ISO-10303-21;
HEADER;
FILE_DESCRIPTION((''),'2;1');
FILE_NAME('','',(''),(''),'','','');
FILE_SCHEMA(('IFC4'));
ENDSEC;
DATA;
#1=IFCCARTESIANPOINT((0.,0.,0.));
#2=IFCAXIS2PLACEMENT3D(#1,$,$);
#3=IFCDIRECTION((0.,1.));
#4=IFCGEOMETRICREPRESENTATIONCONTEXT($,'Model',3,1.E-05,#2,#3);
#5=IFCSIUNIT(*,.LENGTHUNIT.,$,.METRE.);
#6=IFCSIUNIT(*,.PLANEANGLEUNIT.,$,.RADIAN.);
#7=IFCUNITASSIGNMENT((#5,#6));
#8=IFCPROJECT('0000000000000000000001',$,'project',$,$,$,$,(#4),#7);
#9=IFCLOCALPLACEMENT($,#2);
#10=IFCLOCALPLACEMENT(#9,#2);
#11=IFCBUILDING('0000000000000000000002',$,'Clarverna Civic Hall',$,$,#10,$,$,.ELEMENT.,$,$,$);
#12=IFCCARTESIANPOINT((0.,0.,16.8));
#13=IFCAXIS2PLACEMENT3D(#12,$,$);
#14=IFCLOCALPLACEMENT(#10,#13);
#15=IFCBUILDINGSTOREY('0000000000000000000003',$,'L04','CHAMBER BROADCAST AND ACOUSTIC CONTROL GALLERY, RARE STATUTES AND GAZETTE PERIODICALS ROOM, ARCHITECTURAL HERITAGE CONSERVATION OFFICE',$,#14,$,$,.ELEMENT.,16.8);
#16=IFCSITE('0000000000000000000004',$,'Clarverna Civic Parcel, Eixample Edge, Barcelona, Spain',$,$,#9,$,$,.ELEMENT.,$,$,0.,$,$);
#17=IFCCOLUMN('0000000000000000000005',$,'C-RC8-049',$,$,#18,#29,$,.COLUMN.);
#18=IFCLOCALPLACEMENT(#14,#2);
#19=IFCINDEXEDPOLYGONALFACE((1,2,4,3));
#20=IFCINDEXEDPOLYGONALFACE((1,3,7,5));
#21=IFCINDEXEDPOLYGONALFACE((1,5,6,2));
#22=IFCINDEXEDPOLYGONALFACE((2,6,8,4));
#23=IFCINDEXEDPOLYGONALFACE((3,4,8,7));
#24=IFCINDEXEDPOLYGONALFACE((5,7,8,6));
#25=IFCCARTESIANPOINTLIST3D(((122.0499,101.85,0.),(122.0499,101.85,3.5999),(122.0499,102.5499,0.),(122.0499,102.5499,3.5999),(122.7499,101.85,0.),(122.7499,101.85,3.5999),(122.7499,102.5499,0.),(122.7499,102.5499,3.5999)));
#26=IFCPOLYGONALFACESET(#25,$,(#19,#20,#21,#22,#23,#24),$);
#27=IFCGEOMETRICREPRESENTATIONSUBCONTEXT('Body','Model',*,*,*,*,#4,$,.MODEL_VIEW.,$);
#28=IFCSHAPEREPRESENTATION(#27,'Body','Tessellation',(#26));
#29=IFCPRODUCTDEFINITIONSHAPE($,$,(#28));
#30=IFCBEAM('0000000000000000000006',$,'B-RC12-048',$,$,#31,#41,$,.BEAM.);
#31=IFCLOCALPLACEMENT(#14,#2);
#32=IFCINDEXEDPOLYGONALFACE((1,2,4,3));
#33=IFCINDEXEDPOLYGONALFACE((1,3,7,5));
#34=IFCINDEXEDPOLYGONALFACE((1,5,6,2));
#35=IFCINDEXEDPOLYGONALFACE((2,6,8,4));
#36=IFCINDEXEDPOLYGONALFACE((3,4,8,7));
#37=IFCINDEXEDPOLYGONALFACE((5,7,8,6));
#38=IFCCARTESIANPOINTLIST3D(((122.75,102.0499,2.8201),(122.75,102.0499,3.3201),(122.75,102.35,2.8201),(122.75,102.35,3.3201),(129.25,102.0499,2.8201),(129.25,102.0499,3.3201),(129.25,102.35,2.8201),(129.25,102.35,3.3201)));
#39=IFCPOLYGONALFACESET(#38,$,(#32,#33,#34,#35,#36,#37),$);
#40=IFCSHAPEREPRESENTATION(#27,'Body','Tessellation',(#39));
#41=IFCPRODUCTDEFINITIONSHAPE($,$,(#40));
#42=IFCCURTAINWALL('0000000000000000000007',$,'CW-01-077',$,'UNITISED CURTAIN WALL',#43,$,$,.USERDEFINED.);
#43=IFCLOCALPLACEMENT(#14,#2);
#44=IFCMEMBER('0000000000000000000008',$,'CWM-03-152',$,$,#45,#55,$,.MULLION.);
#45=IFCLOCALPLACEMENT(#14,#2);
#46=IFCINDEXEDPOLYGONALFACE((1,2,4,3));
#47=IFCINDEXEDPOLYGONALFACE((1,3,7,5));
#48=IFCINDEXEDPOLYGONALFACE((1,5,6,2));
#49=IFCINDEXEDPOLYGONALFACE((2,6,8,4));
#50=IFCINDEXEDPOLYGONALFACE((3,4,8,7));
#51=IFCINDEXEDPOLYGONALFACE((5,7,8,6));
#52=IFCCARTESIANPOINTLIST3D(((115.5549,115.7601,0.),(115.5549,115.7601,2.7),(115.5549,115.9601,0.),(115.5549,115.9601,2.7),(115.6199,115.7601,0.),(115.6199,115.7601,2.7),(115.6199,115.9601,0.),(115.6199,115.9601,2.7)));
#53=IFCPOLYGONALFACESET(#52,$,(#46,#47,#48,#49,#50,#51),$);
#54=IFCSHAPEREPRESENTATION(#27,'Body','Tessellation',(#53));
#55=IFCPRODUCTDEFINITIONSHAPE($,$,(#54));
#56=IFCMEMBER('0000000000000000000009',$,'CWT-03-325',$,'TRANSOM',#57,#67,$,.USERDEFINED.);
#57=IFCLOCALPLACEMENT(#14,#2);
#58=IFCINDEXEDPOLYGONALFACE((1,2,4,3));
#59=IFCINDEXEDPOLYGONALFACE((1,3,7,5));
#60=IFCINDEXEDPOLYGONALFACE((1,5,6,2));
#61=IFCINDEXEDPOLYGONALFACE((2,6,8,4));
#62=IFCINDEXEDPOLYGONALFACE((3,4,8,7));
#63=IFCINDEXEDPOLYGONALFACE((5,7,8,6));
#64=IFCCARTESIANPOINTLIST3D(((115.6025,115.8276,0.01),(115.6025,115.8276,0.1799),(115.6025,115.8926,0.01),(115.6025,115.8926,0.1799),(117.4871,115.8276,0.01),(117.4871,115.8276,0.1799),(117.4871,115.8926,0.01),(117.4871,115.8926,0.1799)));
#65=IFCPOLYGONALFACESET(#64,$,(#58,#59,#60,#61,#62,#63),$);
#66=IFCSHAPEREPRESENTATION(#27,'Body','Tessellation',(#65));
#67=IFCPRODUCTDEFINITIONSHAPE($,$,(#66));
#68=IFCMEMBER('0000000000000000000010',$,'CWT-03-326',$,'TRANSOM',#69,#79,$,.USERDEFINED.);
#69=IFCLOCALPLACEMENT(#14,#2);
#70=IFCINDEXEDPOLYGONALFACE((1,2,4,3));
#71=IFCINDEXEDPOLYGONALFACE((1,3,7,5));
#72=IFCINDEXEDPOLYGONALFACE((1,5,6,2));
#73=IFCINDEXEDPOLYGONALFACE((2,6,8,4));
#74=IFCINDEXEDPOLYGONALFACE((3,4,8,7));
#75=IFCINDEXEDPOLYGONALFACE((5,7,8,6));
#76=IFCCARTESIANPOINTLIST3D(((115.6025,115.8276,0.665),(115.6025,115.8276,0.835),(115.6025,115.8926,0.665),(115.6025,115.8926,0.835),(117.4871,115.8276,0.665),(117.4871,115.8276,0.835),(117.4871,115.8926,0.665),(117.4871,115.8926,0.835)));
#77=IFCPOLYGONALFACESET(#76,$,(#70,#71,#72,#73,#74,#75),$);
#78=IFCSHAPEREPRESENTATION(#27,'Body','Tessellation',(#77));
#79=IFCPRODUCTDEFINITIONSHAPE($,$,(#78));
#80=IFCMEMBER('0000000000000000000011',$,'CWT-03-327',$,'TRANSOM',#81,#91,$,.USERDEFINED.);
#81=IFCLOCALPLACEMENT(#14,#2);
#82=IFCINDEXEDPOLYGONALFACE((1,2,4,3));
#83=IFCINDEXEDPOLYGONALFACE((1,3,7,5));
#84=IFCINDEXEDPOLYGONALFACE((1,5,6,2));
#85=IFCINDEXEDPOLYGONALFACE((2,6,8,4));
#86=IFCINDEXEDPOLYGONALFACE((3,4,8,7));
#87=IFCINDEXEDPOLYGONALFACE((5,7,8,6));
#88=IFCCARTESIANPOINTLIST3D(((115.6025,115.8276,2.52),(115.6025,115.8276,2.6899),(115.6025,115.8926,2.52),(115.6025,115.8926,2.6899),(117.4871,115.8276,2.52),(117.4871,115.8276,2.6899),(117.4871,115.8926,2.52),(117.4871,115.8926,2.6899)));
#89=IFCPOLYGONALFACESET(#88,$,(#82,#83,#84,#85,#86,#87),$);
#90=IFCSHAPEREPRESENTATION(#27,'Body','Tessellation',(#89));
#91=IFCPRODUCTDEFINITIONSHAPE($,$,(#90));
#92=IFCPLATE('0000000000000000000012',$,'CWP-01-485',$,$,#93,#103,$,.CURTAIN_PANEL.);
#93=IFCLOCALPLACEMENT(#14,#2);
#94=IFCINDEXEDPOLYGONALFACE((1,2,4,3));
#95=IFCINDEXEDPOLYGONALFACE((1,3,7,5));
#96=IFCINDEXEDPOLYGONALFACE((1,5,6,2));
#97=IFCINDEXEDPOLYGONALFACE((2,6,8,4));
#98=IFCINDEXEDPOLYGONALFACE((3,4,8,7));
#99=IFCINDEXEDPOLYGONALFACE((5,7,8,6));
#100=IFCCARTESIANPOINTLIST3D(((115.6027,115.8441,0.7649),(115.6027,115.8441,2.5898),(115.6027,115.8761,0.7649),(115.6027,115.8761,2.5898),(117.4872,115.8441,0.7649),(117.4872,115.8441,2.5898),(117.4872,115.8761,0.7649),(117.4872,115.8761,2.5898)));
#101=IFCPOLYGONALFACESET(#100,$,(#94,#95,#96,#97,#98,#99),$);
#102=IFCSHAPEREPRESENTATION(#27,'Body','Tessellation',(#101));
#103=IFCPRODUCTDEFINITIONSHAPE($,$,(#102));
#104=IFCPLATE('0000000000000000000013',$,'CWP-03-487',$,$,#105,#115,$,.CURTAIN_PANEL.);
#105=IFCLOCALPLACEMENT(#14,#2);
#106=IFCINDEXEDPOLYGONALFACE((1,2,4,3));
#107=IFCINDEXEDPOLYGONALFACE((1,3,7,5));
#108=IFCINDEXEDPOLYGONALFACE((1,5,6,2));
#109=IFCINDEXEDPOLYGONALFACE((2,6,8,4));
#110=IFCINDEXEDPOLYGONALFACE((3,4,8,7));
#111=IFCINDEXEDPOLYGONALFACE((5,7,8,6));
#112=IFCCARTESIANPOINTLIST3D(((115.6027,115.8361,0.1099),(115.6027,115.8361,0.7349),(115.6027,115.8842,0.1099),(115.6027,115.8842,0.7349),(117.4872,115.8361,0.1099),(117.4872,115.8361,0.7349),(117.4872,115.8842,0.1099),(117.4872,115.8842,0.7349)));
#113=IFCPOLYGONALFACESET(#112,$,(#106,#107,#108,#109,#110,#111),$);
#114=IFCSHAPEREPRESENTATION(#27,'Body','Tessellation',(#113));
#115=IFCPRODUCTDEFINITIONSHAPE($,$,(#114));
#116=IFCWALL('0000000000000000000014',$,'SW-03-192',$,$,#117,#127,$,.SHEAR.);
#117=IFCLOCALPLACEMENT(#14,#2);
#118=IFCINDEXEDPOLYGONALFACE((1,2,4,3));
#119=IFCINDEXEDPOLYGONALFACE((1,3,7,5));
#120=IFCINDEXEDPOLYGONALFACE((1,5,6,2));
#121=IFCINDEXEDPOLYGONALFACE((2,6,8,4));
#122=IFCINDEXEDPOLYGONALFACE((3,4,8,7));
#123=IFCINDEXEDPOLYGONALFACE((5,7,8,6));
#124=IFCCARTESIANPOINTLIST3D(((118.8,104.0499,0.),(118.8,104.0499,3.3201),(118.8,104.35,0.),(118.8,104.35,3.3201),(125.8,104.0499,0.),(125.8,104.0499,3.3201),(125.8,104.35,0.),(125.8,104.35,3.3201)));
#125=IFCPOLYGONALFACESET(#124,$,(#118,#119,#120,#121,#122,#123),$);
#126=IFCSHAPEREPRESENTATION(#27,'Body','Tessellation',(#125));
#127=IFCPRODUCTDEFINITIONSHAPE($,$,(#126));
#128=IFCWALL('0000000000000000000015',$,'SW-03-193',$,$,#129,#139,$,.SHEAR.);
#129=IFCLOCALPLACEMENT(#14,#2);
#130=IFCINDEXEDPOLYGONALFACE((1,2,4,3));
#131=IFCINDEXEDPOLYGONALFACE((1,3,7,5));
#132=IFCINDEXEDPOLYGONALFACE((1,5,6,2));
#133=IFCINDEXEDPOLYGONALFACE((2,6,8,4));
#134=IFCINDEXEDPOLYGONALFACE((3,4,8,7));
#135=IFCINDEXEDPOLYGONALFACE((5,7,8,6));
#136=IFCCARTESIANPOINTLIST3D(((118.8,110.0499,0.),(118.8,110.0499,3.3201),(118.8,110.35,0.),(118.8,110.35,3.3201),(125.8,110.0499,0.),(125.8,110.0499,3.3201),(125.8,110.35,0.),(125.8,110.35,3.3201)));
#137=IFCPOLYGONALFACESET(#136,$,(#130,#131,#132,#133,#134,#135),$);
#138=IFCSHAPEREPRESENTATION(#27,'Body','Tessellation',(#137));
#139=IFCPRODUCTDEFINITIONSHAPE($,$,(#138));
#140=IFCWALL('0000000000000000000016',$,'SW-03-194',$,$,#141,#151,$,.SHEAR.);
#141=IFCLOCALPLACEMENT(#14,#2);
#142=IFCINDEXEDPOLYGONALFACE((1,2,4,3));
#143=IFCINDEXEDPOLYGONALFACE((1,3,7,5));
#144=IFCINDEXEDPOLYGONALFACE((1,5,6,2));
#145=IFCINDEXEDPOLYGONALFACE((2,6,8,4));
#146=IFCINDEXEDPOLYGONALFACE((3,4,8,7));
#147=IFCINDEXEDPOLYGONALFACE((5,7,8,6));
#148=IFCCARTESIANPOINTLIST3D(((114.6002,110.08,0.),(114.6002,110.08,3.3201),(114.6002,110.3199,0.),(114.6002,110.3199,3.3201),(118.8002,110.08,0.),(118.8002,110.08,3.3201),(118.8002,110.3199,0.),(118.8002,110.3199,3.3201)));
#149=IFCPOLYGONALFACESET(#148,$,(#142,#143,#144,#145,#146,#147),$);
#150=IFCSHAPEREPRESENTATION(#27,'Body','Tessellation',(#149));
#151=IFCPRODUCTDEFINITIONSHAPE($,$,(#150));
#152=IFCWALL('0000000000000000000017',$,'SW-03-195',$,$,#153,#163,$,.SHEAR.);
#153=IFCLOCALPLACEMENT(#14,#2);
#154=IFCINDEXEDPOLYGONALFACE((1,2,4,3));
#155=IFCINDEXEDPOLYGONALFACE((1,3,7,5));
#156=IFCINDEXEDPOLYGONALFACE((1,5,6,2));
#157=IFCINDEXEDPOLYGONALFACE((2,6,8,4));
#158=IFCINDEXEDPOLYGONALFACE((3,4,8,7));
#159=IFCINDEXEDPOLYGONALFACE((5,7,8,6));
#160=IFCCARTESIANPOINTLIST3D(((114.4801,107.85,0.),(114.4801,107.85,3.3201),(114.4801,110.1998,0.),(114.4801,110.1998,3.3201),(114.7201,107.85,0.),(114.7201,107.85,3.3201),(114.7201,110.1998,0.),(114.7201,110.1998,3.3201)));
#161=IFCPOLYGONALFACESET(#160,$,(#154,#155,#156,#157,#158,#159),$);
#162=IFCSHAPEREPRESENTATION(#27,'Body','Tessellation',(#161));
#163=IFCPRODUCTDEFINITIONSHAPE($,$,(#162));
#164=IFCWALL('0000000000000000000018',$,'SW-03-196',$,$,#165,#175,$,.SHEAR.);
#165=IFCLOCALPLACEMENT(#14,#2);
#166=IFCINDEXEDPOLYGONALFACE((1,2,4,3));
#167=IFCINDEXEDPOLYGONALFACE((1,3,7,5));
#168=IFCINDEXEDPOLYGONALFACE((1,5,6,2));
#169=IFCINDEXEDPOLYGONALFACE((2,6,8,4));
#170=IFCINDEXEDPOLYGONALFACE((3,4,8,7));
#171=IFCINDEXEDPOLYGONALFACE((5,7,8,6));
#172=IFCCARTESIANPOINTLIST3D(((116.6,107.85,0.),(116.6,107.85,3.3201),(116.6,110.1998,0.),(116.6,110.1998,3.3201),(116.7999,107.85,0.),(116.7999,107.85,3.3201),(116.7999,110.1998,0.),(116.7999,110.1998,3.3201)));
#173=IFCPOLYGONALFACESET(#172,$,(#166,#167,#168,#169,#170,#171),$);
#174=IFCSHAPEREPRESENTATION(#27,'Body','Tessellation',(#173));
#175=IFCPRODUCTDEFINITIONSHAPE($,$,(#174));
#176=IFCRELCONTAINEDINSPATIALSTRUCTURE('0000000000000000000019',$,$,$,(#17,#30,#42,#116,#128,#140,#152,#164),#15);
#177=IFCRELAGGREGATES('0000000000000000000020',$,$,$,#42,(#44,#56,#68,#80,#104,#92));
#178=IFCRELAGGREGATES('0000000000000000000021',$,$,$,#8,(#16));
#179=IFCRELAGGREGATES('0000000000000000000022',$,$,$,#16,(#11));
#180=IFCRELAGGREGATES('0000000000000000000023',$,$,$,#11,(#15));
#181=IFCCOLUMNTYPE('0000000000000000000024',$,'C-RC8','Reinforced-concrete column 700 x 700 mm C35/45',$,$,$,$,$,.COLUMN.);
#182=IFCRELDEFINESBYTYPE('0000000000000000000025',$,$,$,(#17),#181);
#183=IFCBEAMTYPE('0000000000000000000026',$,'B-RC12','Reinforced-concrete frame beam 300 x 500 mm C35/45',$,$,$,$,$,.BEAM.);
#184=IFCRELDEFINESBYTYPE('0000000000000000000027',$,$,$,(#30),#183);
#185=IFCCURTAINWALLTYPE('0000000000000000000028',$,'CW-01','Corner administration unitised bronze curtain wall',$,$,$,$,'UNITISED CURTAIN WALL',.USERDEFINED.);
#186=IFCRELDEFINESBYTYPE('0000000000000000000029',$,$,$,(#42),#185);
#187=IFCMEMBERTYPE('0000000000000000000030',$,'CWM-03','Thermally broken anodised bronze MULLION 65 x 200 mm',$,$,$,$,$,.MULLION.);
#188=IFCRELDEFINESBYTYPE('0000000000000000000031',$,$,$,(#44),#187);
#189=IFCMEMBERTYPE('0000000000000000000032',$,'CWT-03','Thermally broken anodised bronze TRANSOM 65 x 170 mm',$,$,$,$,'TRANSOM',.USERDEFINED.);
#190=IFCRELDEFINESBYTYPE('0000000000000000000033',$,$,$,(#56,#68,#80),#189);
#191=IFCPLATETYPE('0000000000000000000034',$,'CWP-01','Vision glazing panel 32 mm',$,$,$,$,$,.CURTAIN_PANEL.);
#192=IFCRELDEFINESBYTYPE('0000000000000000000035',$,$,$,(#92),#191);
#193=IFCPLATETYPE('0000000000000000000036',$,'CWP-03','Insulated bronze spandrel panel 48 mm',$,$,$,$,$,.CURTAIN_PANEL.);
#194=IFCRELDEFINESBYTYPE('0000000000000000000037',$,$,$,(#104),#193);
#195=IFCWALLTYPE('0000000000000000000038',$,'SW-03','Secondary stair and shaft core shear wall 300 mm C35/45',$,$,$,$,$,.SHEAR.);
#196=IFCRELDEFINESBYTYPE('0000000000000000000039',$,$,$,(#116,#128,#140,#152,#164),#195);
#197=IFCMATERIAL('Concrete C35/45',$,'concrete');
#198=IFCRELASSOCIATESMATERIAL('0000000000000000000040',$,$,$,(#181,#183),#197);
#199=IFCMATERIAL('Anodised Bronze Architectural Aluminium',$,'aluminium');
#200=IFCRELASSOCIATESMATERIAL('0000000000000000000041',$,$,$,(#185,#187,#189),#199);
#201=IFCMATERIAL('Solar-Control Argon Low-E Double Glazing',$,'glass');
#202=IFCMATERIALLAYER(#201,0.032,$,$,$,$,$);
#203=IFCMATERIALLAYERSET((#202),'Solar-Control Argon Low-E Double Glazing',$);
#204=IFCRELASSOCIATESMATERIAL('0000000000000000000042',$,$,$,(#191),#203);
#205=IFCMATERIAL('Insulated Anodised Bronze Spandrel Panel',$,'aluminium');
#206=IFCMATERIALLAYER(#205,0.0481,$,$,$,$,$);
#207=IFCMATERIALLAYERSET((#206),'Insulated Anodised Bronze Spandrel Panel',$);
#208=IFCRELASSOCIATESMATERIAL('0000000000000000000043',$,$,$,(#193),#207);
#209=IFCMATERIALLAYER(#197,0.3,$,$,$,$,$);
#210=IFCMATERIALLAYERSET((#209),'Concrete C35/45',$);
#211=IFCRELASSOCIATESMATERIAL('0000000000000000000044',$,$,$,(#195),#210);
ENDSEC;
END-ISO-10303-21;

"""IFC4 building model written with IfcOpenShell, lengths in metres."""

from ifc_helpers import new_model, si_unit, direction, frame, frame_2d, origin, origin_2d, place, context, subcontext, project, spatial, rectangle, extrude, material, layer, layer_set, material_profile, profile_set, type_object, element, aggregate, save


model = new_model("IFC4")

# Units and contexts
model_context = context("Model", 3, precision=1e-05, world=origin(), true_north=direction((0.0, 1.0)))
body_context = subcontext(model_context, "Body", "Model", "MODEL_VIEW")
ifc_project = project(units=[si_unit("LENGTHUNIT", "METRE"), si_unit("PLANEANGLEUNIT", "RADIAN")], contexts=[model_context])

# Site, building, storey
site_placement = place(None, origin())
site = spatial("IfcSite", under=ifc_project, at=site_placement, Name="Clarverna Civic Parcel, Eixample Edge, Barcelona, Spain", CompositionType="ELEMENT", RefElevation=0.0)
building_placement = place(site_placement, origin())
building = spatial("IfcBuilding", under=site, at=building_placement, Name="Clarverna Civic Hall", CompositionType="ELEMENT")
storey_placement = place(building_placement, frame((0.0, 0.0, 16.8)))
storey = spatial("IfcBuildingStorey", under=building, at=storey_placement, Name="L04", Description="CHAMBER BROADCAST AND ACOUSTIC CONTROL GALLERY, RARE STATUTES AND GAZETTE PERIODICALS ROOM, ARCHITECTURAL HERITAGE CONSERVATION OFFICE", CompositionType="ELEMENT", Elevation=16.8)

# Column
ifc_material_1 = material(Name="Concrete C35/45", Category="concrete")
ifc_material_profile_1 = material_profile(ifc_material_1, rectangle(XDim=0.7, YDim=0.7, at=origin_2d()), Name="RC 700x700")
ifc_profile_set_1 = profile_set([ifc_material_profile_1], Name="Concrete C35/45")
column_type = type_object("IfcColumnType", Name="C-RC8", Description="Reinforced-concrete column 700 x 700 mm C35/45", PredefinedType="COLUMN", material=ifc_profile_set_1)
column_placement = place(storey_placement, frame((122.3999, 102.2, 0.0), z_axis=(0.0, 0.0, 1.0), x_axis=(1.0, 0.0, 0.0)))
element("IfcColumn", 1, at=column_placement, inside=storey, type_object=column_type, Name="C-RC8-049", PredefinedType="COLUMN", context=body_context, shape_type="SweptSolid", body=[
    extrude(rectangle(XDim=0.7, YDim=0.7, at=origin_2d()), origin(), (0.0, 0.0, 1.0), 3.5999),
])

# Beam
ifc_material_profile_2 = material_profile(ifc_material_1, rectangle(XDim=0.3, YDim=0.5, at=origin_2d()), Name="RC 300x500")
ifc_profile_set_2 = profile_set([ifc_material_profile_2], Name="Concrete C35/45")
beam_type = type_object("IfcBeamType", Name="B-RC12", Description="Reinforced-concrete frame beam 300 x 500 mm C35/45", PredefinedType="BEAM", material=ifc_profile_set_2)
beam_placement = place(storey_placement, frame((122.75, 102.2, 3.0701), z_axis=(1.0, 0.0, 0.0), x_axis=(0.0, 1.0, 0.0)))
element("IfcBeam", 2, at=beam_placement, inside=storey, type_object=beam_type, Name="B-RC12-048", PredefinedType="BEAM", context=body_context, shape_type="SweptSolid", body=[
    extrude(rectangle(XDim=0.3, YDim=0.5, at=origin_2d()), origin(), (0.0, 0.0, 1.0), 6.5),
])

# Curtain wall, members, plates
ifc_material_2 = material(Name="Anodised Bronze Architectural Aluminium", Category="aluminium")
curtain_wall_type = type_object("IfcCurtainWallType", Name="CW-01", Description="Corner administration unitised bronze curtain wall", ElementType="UNITISED CURTAIN WALL", PredefinedType="USERDEFINED", material=ifc_material_2)
curtain_wall_placement = place(storey_placement, origin())
curtain_wall = element("IfcCurtainWall", 3, at=curtain_wall_placement, inside=storey, type_object=curtain_wall_type, Name="CW-01-077", ObjectType="UNITISED CURTAIN WALL", PredefinedType="USERDEFINED")
ifc_material_profile_3 = material_profile(ifc_material_2, rectangle(XDim=0.0649, YDim=0.2, at=origin_2d()), Name="BRONZE 65x200")
ifc_profile_set_3 = profile_set([ifc_material_profile_3], Name="Anodised Bronze Architectural Aluminium")
member_type_1 = type_object("IfcMemberType", Name="CWM-03", Description="Thermally broken anodised bronze MULLION 65 x 200 mm", PredefinedType="MULLION", material=ifc_profile_set_3)
member_1_placement = place(storey_placement, frame((115.5874, 115.8601, 0.0), z_axis=(0.0, 0.0, 1.0), x_axis=(1.0, 0.0, 0.0)))
member_1 = element("IfcMember", 4, at=member_1_placement, type_object=member_type_1, Name="CWM-03-152", PredefinedType="MULLION", context=body_context, shape_type="SweptSolid", body=[
    extrude(rectangle(XDim=0.0649, YDim=0.2, at=origin_2d()), origin(), (0.0, 0.0, 1.0), 2.7),
])
ifc_material_profile_4 = material_profile(ifc_material_2, rectangle(XDim=0.0649, YDim=0.1699, at=origin_2d()), Name="BRONZE 65x170")
ifc_profile_set_4 = profile_set([ifc_material_profile_4], Name="Anodised Bronze Architectural Aluminium")
member_type_2 = type_object("IfcMemberType", Name="CWT-03", Description="Thermally broken anodised bronze TRANSOM 65 x 170 mm", ElementType="TRANSOM", PredefinedType="USERDEFINED", material=ifc_profile_set_4)
member_2_placement = place(storey_placement, frame((115.6025, 115.8601, 0.095), z_axis=(1.0, 0.0, 0.0), x_axis=(0.0, 1.0, 0.0)))
member_2 = element("IfcMember", 5, at=member_2_placement, type_object=member_type_2, Name="CWT-03-325", ObjectType="TRANSOM", PredefinedType="USERDEFINED", context=body_context, shape_type="SweptSolid", body=[
    extrude(rectangle(XDim=0.0649, YDim=0.1699, at=origin_2d()), origin(), (0.0, 0.0, 1.0), 1.8845),
])
member_3_placement = place(storey_placement, frame((115.6025, 115.8601, 0.75), z_axis=(1.0, 0.0, 0.0), x_axis=(0.0, 1.0, 0.0)))
member_3 = element("IfcMember", 6, at=member_3_placement, type_object=member_type_2, Name="CWT-03-326", ObjectType="TRANSOM", PredefinedType="USERDEFINED", context=body_context, shape_type="SweptSolid", body=[
    extrude(rectangle(XDim=0.0649, YDim=0.1699, at=origin_2d()), origin(), (0.0, 0.0, 1.0), 1.8845),
])
member_4_placement = place(storey_placement, frame((115.6025, 115.8601, 2.605), z_axis=(1.0, 0.0, 0.0), x_axis=(0.0, 1.0, 0.0)))
member_4 = element("IfcMember", 7, at=member_4_placement, type_object=member_type_2, Name="CWT-03-327", ObjectType="TRANSOM", PredefinedType="USERDEFINED", context=body_context, shape_type="SweptSolid", body=[
    extrude(rectangle(XDim=0.0649, YDim=0.1699, at=origin_2d()), origin(), (0.0, 0.0, 1.0), 1.8845),
])
ifc_material_3 = material(Name="Solar-Control Argon Low-E Double Glazing", Category="glass")
ifc_layer_1 = layer(ifc_material_3, 0.032)
ifc_layer_set_1 = layer_set([ifc_layer_1], Name="Solar-Control Argon Low-E Double Glazing")
plate_type_1 = type_object("IfcPlateType", Name="CWP-01", Description="Vision glazing panel 32 mm", PredefinedType="CURTAIN_PANEL", material=ifc_layer_set_1)
plate_1_placement = place(storey_placement, frame((115.6025, 115.8601, 0.7649), z_axis=(0.0, 0.0, 1.0), x_axis=(1.0, 0.0, 0.0)))
plate_1 = element("IfcPlate", 8, at=plate_1_placement, type_object=plate_type_1, Name="CWP-01-485", PredefinedType="CURTAIN_PANEL", context=body_context, shape_type="SweptSolid", body=[
    extrude(rectangle(XDim=1.8845, YDim=0.032, at=frame_2d((0.9424, 0.0))), origin(), (0.0, 0.0, 1.0), 1.825),
])
ifc_material_4 = material(Name="Insulated Anodised Bronze Spandrel Panel", Category="aluminium")
ifc_layer_2 = layer(ifc_material_4, 0.0481)
ifc_layer_set_2 = layer_set([ifc_layer_2], Name="Insulated Anodised Bronze Spandrel Panel")
plate_type_2 = type_object("IfcPlateType", Name="CWP-03", Description="Insulated bronze spandrel panel 48 mm", PredefinedType="CURTAIN_PANEL", material=ifc_layer_set_2)
plate_2_placement = place(storey_placement, frame((115.6025, 115.8601, 0.1099), z_axis=(0.0, 0.0, 1.0), x_axis=(1.0, 0.0, 0.0)))
plate_2 = element("IfcPlate", 9, at=plate_2_placement, type_object=plate_type_2, Name="CWP-03-487", PredefinedType="CURTAIN_PANEL", context=body_context, shape_type="SweptSolid", body=[
    extrude(rectangle(XDim=1.8845, YDim=0.0481, at=frame_2d((0.9424, 0.0))), origin(), (0.0, 0.0, 1.0), 0.625),
])
aggregate(curtain_wall, [member_1, member_2, member_3, member_4, plate_2, plate_1])

# Shared definitions
ifc_layer_3 = layer(ifc_material_1, 0.3)
ifc_layer_set_3 = layer_set([ifc_layer_3], Name="Concrete C35/45")
wall_type = type_object("IfcWallType", Name="SW-03", Description="Secondary stair and shaft core shear wall 300 mm C35/45", PredefinedType="SHEAR", material=ifc_layer_set_3)

# Walls
for number, where, z_axis, x_axis, name in (
    (10, (118.8, 104.2, 0.0), (0.0, 0.0, 1.0), (1.0, 0.0, 0.0), "SW-03-192"),
    (11, (118.8, 110.2, 0.0), (0.0, 0.0, 1.0), (1.0, 0.0, 0.0), "SW-03-193"),
):
    element("IfcWall", number, at=place(storey_placement, frame(where, z_axis=z_axis, x_axis=x_axis)), inside=storey, type_object=wall_type, Name=name, PredefinedType="SHEAR", context=body_context, shape_type="SweptSolid", body=[
        extrude(rectangle(XDim=7.0, YDim=0.3, at=frame_2d((3.5, 0.0))), origin(), (0.0, 0.0, 1.0), 3.3201),
    ])
wall_1_placement = place(storey_placement, frame((114.6001, 110.2, 0.0), z_axis=(0.0, 0.0, 1.0), x_axis=(1.0, 0.0, 0.0)))
element("IfcWall", 12, at=wall_1_placement, inside=storey, type_object=wall_type, Name="SW-03-194", PredefinedType="SHEAR", context=body_context, shape_type="SweptSolid", body=[
    extrude(rectangle(XDim=4.2, YDim=0.24, at=frame_2d((2.1001, 0.0))), origin(), (0.0, 0.0, 1.0), 3.3201),
])
wall_2_placement = place(storey_placement, frame((114.6001, 107.8501, 0.0), z_axis=(0.0, 0.0, 1.0), x_axis=(0.0, 1.0, 0.0)))
element("IfcWall", 13, at=wall_2_placement, inside=storey, type_object=wall_type, Name="SW-03-195", PredefinedType="SHEAR", context=body_context, shape_type="SweptSolid", body=[
    extrude(rectangle(XDim=2.3499, YDim=0.24, at=frame_2d((1.1748, 0.0))), origin(), (0.0, 0.0, 1.0), 3.3201),
])
wall_3_placement = place(storey_placement, frame((116.7, 107.8501, 0.0), z_axis=(0.0, 0.0, 1.0), x_axis=(0.0, 1.0, 0.0)))
element("IfcWall", 14, at=wall_3_placement, inside=storey, type_object=wall_type, Name="SW-03-196", PredefinedType="SHEAR", context=body_context, shape_type="SweptSolid", body=[
    extrude(rectangle(XDim=2.3499, YDim=0.2, at=frame_2d((1.1748, 0.0))), origin(), (0.0, 0.0, 1.0), 3.3201),
])

save(model, "model.ifc")
